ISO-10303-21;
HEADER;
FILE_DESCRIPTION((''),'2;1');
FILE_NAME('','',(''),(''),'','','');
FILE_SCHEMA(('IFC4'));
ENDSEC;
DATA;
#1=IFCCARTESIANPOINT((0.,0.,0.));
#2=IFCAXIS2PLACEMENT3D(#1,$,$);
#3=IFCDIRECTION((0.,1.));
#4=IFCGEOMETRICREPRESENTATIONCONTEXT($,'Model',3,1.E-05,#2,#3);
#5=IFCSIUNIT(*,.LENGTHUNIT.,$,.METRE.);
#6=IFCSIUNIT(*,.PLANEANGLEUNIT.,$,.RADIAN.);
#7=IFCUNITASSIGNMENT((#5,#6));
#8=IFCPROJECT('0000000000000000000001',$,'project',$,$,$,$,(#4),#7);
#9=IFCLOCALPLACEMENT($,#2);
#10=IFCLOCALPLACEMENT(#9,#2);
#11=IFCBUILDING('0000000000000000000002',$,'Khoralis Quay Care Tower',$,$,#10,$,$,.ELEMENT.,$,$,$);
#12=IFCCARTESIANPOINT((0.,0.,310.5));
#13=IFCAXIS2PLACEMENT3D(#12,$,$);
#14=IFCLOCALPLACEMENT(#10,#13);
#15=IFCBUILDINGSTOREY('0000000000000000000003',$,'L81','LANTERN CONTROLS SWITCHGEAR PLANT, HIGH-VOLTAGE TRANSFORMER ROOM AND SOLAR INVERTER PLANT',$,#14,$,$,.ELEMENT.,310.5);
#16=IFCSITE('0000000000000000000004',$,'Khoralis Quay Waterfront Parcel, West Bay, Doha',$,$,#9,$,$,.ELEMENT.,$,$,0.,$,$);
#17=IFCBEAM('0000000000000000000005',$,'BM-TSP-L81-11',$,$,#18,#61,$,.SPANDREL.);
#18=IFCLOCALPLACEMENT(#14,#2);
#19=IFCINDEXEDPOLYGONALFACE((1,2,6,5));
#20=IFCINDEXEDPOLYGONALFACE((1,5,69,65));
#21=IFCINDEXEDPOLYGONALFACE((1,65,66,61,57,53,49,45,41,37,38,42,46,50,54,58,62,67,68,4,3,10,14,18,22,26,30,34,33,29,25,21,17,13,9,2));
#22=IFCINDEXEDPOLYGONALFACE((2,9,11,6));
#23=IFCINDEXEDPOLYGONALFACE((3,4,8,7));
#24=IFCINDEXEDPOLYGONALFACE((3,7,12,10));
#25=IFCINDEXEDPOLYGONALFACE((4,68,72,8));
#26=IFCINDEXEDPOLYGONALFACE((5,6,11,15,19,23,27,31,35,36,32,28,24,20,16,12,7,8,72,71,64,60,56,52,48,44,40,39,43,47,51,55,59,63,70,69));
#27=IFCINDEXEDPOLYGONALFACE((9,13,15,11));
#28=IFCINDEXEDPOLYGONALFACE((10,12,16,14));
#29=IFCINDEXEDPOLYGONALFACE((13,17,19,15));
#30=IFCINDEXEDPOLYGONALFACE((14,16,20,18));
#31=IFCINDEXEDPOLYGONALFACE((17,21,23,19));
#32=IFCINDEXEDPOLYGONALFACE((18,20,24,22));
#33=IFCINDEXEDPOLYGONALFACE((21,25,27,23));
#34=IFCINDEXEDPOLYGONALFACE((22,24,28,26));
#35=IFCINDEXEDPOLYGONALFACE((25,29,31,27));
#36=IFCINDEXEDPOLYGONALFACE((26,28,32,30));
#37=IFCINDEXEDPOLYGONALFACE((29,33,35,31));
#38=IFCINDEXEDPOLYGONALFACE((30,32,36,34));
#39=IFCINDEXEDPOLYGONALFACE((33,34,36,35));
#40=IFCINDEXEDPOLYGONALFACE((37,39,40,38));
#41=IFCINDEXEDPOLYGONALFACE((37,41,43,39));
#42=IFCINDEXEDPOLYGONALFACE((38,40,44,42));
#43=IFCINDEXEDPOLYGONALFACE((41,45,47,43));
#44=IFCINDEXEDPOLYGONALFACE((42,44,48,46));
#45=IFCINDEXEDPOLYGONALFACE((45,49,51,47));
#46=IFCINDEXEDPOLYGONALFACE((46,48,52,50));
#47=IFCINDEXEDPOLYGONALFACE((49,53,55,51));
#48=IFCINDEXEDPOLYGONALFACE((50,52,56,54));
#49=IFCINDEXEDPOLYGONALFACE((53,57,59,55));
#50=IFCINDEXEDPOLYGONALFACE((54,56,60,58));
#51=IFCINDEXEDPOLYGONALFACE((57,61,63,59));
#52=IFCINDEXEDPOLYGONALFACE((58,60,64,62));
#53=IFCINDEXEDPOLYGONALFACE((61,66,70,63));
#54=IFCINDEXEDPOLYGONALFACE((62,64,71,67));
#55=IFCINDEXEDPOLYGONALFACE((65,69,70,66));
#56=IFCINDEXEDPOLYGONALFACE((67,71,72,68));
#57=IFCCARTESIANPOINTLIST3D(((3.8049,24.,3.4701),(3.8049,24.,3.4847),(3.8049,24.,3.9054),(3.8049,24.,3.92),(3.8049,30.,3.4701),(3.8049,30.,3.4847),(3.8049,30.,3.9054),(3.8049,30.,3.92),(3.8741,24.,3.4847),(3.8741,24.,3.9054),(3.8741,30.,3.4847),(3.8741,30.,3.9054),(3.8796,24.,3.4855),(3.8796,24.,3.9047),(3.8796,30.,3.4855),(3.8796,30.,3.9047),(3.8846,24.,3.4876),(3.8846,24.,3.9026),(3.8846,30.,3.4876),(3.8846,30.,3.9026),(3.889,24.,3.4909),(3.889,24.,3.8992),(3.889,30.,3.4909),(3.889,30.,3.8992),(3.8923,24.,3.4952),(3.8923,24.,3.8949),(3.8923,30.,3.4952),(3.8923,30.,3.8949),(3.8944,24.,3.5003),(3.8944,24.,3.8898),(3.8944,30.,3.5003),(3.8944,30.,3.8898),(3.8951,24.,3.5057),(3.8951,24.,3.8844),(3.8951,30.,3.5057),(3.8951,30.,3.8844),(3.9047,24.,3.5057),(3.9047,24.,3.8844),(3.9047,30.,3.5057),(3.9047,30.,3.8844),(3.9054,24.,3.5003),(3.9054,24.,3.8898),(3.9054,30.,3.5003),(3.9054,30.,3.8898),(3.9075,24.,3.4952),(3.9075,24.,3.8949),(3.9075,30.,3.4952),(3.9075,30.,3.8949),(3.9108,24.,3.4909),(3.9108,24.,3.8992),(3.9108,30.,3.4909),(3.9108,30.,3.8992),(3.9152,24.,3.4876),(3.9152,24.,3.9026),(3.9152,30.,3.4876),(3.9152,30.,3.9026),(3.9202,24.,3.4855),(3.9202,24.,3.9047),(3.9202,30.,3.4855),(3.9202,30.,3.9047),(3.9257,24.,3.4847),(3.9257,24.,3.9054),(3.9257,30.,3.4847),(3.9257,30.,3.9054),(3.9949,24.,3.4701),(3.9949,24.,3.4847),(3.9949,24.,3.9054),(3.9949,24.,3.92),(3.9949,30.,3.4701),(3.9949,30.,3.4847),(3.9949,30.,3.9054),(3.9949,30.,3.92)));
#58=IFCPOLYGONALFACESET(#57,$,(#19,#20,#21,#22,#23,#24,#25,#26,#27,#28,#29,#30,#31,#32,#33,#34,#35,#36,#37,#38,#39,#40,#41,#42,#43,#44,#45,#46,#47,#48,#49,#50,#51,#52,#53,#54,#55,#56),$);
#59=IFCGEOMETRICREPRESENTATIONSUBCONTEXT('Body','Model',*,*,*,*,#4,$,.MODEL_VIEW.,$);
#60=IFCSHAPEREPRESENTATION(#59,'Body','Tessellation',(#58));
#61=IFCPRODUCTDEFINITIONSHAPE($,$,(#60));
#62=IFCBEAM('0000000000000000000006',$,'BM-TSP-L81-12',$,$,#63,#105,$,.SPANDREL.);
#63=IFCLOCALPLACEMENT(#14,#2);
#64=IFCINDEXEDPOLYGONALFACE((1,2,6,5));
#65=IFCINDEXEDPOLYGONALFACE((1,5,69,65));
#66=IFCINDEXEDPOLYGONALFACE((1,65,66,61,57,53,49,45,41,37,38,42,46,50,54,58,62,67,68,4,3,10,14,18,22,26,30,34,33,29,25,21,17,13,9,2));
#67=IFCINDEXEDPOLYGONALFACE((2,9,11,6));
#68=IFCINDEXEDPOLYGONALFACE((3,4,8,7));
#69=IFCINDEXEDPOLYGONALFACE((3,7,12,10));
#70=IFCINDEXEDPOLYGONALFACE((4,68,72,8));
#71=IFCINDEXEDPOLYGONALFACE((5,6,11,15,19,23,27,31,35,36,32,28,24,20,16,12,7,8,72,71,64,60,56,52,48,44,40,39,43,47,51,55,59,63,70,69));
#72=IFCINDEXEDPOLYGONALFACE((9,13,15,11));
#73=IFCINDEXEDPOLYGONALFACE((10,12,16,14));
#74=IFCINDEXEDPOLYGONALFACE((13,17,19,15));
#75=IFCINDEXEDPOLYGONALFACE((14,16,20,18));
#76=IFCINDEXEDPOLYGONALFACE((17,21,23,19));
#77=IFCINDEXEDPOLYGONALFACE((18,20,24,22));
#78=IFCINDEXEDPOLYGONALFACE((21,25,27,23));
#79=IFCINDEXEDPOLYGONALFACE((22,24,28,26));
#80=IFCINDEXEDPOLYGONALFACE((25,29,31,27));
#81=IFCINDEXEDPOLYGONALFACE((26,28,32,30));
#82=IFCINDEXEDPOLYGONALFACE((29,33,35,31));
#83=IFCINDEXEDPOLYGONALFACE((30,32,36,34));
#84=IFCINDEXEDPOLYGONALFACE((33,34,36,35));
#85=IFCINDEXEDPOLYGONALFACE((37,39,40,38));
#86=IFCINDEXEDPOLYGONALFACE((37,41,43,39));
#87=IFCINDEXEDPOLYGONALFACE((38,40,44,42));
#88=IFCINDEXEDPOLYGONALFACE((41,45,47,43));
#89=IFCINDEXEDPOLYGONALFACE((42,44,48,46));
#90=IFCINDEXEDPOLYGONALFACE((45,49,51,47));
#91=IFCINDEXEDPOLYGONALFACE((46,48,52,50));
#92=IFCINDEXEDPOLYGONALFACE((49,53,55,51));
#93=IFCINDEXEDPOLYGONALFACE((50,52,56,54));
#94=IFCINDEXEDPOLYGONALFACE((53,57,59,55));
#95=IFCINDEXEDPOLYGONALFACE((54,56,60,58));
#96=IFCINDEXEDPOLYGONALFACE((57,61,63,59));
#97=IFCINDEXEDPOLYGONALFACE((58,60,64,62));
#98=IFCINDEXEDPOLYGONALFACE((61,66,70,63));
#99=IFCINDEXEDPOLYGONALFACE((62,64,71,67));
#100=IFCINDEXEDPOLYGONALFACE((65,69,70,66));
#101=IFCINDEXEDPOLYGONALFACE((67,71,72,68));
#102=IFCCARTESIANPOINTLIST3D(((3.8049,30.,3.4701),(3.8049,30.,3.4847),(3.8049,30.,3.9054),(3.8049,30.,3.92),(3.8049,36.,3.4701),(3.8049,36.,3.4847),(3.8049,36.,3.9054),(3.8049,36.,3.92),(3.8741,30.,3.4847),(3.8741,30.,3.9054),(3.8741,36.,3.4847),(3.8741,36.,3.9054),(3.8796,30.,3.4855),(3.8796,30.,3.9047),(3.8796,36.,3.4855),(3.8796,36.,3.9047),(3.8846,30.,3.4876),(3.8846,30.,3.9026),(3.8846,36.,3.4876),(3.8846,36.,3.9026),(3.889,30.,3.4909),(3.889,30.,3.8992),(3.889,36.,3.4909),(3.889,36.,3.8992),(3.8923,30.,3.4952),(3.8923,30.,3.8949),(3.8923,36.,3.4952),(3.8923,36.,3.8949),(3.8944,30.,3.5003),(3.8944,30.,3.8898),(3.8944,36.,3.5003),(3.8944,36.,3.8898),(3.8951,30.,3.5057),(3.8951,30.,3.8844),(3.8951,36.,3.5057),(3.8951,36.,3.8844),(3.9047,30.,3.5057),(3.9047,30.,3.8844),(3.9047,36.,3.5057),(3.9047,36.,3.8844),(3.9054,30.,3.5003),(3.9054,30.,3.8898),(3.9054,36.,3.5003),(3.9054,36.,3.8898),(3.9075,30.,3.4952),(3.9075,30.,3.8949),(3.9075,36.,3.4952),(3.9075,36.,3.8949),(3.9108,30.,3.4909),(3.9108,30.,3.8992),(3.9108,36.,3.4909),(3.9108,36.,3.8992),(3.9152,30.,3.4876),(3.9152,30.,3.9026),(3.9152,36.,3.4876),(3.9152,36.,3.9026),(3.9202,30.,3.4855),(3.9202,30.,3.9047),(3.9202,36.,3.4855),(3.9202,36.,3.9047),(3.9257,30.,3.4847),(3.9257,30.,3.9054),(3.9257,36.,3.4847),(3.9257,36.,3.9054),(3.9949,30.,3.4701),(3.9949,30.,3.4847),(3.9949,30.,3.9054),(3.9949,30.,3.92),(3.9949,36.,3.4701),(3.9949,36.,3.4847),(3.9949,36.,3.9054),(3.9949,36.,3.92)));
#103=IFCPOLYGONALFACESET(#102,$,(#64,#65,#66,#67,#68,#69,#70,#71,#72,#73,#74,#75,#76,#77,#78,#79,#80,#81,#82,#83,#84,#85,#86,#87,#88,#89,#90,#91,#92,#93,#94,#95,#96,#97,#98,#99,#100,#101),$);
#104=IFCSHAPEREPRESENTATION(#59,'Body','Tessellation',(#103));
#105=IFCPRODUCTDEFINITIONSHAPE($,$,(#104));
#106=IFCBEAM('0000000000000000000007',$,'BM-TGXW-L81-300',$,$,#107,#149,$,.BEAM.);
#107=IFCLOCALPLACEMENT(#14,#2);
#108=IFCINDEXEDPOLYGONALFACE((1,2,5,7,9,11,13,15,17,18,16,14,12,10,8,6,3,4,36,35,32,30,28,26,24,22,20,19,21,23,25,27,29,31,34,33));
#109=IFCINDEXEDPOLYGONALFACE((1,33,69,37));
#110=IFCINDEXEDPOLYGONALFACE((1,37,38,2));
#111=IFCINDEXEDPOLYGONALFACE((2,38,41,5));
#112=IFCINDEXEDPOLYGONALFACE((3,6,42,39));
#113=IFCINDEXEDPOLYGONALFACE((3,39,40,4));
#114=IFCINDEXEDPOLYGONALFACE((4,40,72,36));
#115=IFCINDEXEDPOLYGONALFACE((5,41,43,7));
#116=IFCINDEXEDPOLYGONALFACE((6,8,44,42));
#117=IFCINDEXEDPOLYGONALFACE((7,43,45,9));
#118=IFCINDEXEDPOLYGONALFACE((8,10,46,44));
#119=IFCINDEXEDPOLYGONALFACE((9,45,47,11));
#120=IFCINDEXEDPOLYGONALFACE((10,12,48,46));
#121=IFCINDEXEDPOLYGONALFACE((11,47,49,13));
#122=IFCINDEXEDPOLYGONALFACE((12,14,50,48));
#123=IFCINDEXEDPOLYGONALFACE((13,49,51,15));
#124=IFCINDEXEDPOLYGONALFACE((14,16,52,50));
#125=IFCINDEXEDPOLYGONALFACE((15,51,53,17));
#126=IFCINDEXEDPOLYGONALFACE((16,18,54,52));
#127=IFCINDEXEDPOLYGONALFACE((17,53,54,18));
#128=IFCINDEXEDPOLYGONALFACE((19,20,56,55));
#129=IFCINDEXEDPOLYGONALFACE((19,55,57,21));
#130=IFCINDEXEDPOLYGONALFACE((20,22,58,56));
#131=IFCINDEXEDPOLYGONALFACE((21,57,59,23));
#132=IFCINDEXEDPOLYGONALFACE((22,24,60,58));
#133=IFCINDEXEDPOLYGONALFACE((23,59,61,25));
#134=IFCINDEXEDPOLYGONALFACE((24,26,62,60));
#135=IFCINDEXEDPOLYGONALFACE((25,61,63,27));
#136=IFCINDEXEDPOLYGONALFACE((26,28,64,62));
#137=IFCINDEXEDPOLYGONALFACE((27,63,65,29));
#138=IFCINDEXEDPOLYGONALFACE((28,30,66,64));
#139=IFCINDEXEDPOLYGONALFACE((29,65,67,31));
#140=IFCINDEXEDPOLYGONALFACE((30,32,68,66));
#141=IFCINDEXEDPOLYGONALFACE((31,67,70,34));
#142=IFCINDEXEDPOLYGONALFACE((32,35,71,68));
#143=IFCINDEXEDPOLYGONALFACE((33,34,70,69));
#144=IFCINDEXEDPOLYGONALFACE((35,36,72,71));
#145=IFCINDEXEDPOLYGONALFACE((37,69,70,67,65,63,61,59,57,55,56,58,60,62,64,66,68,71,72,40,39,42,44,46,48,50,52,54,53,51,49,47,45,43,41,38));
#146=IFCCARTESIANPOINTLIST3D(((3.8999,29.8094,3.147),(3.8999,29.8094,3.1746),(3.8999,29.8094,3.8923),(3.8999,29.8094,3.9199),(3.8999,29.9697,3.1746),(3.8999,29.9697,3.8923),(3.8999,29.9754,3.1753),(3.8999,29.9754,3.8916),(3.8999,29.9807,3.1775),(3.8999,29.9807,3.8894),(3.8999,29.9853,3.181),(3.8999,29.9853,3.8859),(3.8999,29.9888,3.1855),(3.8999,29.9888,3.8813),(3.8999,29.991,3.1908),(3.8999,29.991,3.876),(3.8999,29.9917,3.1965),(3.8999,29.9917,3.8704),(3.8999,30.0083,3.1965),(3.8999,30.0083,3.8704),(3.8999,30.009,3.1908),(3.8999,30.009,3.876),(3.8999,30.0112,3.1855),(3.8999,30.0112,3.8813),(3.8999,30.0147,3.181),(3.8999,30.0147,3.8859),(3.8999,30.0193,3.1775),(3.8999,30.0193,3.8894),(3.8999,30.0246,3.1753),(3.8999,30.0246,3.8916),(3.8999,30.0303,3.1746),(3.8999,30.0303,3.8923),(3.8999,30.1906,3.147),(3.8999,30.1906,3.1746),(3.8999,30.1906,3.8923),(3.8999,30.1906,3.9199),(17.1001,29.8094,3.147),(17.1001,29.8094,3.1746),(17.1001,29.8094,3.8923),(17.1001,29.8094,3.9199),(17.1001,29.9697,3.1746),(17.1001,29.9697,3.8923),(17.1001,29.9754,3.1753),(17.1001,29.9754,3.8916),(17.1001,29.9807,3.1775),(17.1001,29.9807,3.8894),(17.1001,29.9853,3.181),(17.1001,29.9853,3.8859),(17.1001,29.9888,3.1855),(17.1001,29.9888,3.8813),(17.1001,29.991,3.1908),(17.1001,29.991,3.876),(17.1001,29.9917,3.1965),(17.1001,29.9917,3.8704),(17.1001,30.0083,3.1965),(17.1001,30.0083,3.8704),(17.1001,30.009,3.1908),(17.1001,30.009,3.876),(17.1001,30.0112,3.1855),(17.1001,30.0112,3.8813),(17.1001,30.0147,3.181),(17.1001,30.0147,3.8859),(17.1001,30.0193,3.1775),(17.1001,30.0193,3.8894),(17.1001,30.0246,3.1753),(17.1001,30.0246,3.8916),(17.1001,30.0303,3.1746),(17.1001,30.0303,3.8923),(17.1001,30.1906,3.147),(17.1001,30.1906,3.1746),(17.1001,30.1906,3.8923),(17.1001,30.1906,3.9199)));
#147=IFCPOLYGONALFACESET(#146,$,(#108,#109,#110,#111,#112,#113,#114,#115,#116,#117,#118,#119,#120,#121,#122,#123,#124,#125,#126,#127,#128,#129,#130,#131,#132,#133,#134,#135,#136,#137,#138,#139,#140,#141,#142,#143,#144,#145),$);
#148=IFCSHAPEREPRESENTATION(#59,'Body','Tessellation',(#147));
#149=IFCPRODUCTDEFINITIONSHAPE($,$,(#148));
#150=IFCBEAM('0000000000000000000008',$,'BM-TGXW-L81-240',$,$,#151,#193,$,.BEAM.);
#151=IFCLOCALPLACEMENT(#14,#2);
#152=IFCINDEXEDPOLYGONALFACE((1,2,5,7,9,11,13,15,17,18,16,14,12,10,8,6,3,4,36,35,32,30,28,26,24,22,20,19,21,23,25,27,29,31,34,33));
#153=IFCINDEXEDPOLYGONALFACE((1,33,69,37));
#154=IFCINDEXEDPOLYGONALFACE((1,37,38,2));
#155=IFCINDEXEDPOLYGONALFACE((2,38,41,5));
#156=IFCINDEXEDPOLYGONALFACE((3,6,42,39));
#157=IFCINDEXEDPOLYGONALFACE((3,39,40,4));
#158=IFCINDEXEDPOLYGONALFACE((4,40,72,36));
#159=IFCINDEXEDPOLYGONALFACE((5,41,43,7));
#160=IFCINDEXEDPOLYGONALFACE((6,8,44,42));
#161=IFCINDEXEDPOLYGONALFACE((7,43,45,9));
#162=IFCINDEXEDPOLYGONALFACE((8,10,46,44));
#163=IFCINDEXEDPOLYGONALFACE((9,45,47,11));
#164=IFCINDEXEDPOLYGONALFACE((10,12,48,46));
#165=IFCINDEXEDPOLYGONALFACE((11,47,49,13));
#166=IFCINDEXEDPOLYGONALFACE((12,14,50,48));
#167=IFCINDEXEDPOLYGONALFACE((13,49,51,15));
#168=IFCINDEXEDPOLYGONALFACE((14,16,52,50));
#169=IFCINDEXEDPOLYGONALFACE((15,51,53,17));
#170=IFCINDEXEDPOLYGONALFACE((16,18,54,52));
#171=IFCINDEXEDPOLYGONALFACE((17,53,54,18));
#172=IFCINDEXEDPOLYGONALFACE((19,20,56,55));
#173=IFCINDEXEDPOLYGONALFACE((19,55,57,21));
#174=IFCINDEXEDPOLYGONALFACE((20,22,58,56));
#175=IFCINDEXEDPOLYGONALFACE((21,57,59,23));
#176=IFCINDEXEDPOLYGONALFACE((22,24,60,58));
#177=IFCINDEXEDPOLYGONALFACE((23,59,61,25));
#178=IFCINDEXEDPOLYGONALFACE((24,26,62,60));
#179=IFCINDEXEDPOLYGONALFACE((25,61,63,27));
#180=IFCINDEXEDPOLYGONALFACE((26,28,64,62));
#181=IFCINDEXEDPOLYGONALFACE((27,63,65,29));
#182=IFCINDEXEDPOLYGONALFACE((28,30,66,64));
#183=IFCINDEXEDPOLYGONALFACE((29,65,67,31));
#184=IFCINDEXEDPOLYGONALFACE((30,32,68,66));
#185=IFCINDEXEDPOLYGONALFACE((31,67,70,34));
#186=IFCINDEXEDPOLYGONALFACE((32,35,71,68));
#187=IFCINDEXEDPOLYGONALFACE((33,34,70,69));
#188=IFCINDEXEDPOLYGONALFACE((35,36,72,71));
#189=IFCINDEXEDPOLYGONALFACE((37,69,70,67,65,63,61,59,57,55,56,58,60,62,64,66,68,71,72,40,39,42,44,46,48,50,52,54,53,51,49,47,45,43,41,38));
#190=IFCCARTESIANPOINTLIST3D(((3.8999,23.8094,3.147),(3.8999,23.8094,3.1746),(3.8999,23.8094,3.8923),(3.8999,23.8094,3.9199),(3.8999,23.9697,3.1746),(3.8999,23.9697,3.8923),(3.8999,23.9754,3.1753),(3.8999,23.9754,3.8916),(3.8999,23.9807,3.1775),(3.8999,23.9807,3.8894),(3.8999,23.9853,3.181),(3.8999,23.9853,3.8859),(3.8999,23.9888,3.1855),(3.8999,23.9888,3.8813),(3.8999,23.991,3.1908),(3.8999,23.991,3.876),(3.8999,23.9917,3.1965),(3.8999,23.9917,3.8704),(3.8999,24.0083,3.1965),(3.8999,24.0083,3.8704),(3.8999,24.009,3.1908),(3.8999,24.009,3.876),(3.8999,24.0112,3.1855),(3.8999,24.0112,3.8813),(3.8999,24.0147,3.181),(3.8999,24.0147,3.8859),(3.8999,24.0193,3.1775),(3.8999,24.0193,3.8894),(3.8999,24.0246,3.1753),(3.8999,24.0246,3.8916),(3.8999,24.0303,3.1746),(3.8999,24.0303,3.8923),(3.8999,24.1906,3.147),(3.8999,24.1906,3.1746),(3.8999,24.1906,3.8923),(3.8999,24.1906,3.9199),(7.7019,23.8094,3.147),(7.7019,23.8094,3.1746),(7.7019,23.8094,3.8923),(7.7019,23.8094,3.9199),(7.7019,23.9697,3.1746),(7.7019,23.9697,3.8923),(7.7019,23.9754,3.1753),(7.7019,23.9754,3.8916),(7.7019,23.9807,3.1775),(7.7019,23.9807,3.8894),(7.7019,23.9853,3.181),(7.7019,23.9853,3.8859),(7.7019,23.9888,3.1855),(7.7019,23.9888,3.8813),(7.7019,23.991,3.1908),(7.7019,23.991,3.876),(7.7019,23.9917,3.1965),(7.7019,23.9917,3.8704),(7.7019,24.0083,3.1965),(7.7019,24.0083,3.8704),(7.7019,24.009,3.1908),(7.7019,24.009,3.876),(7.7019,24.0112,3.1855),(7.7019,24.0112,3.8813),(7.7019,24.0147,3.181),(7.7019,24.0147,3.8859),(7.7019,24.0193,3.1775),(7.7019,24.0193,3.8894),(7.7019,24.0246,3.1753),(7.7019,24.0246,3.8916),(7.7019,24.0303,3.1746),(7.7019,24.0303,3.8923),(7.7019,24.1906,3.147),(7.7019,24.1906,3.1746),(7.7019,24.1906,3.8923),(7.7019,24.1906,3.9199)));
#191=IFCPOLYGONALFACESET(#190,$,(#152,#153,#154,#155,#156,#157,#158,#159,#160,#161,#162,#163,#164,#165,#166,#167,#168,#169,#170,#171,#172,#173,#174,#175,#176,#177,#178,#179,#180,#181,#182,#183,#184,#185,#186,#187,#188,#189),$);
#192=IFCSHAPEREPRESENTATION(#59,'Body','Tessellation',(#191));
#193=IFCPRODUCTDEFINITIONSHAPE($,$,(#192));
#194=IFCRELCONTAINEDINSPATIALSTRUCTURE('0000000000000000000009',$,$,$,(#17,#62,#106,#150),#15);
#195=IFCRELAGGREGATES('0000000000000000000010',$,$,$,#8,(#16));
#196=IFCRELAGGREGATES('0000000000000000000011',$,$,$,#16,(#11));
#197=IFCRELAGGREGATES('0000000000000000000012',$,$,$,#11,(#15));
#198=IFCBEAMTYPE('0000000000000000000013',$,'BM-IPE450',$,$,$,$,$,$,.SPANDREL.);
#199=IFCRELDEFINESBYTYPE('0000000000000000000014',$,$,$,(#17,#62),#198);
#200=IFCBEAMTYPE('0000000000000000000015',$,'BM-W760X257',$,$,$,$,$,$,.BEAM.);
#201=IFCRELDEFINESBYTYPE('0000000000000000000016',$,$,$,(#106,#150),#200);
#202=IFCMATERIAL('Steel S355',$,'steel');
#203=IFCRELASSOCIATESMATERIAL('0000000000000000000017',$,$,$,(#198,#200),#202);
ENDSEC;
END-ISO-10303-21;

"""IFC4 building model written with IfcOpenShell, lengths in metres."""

from ifc_helpers import new_model, si_unit, direction, frame, origin, origin_2d, place, context, subcontext, project, spatial, i_section, extrude, source, transform, mapped, material, material_profile, profile_set, type_object, element, save


model = new_model("IFC4")

# Units and contexts
model_context = context("Model", 3, precision=1e-05, world=origin(), true_north=direction((0.0, 1.0)))
body_context = subcontext(model_context, "Body", "Model", "MODEL_VIEW")
ifc_project = project(units=[si_unit("LENGTHUNIT", "METRE"), si_unit("PLANEANGLEUNIT", "RADIAN")], contexts=[model_context])

# Site, building, storey
site_placement = place(None, origin())
site = spatial("IfcSite", under=ifc_project, at=site_placement, Name="Khoralis Quay Waterfront Parcel, West Bay, Doha", CompositionType="ELEMENT", RefElevation=0.0)
building_placement = place(site_placement, origin())
building = spatial("IfcBuilding", under=site, at=building_placement, Name="Khoralis Quay Care Tower", CompositionType="ELEMENT")
storey_placement = place(building_placement, frame((0.0, 0.0, 310.5)))
storey = spatial("IfcBuildingStorey", under=building, at=storey_placement, Name="L81", Description="LANTERN CONTROLS SWITCHGEAR PLANT, HIGH-VOLTAGE TRANSFORMER ROOM AND SOLAR INVERTER PLANT", CompositionType="ELEMENT", Elevation=310.5)

# Beams
ifc_material_1 = material(Name="Steel S355", Category="steel")
ifc_material_profile_1 = material_profile(ifc_material_1, i_section(OverallWidth=0.1899, OverallDepth=0.45, WebThickness=0.0095, FlangeThickness=0.0146, FilletRadius=0.021, at=origin_2d()), Name="Steel S355")
ifc_profile_set_1 = profile_set([ifc_material_profile_1], Name="Steel S355")
beam_type_1 = type_object("IfcBeamType", Name="BM-IPE450", PredefinedType="SPANDREL", material=ifc_profile_set_1)
shared_shape_1 = source(origin(), body_context, "Body", "SweptSolid", [
    extrude(i_section(OverallWidth=0.1899, OverallDepth=0.45, WebThickness=0.0095, FlangeThickness=0.0146, FilletRadius=0.021, at=origin_2d()), origin(), (0.0, 0.0, 1.0), 6.0),
])
for number, where, z_axis, x_axis, name in (
    (1, (3.8999, 24.0, 3.6951), (0.0, 1.0, 0.0), (-1.0, 0.0, 0.0), "BM-TSP-L81-11"),
    (2, (3.8999, 30.0, 3.6951), (0.0, 1.0, 0.0), (-1.0, 0.0, 0.0), "BM-TSP-L81-12"),
):
    element("IfcBeam", number, at=place(storey_placement, frame(where, z_axis=z_axis, x_axis=x_axis)), inside=storey, type_object=beam_type_1, Name=name, PredefinedType="SPANDREL", context=body_context, shape_type="MappedRepresentation", body=[
        mapped(shared_shape_1, transform((0.0, 0.0, 0.0), scale=1.0)),
    ])
ifc_material_profile_2 = material_profile(ifc_material_1, i_section(OverallWidth=0.3811, OverallDepth=0.7729, WebThickness=0.0166, FlangeThickness=0.0276, FilletRadius=0.022, at=origin_2d()), Name="Steel S355")
ifc_profile_set_2 = profile_set([ifc_material_profile_2], Name="Steel S355")
beam_type_2 = type_object("IfcBeamType", Name="BM-W760X257", PredefinedType="BEAM", material=ifc_profile_set_2)
shared_shape_2 = source(origin(), body_context, "Body", "SweptSolid", [
    extrude(i_section(OverallWidth=0.3811, OverallDepth=0.7729, WebThickness=0.0166, FlangeThickness=0.0276, FilletRadius=0.022, at=origin_2d()), origin(), (0.0, 0.0, 1.0), 13.2002),
])
beam_1_placement = place(storey_placement, frame((3.8999, 30.0, 3.5334), z_axis=(1.0, 0.0, 0.0), x_axis=(0.0, 1.0, 0.0)))
element("IfcBeam", 3, at=beam_1_placement, inside=storey, type_object=beam_type_2, Name="BM-TGXW-L81-300", PredefinedType="BEAM", context=body_context, shape_type="MappedRepresentation", body=[
    mapped(shared_shape_2, transform((0.0, 0.0, 0.0), scale=1.0)),
])
shared_shape_3 = source(origin(), body_context, "Body", "SweptSolid", [
    extrude(i_section(OverallWidth=0.3811, OverallDepth=0.7729, WebThickness=0.0166, FlangeThickness=0.0276, FilletRadius=0.022, at=origin_2d()), origin(), (0.0, 0.0, 1.0), 3.802),
])
beam_2_placement = place(storey_placement, frame((3.8999, 24.0, 3.5334), z_axis=(1.0, 0.0, 0.0), x_axis=(0.0, 1.0, 0.0)))
element("IfcBeam", 4, at=beam_2_placement, inside=storey, type_object=beam_type_2, Name="BM-TGXW-L81-240", PredefinedType="BEAM", context=body_context, shape_type="MappedRepresentation", body=[
    mapped(shared_shape_3, transform((0.0, 0.0, 0.0), scale=1.0)),
])

save(model, "model.ifc")
